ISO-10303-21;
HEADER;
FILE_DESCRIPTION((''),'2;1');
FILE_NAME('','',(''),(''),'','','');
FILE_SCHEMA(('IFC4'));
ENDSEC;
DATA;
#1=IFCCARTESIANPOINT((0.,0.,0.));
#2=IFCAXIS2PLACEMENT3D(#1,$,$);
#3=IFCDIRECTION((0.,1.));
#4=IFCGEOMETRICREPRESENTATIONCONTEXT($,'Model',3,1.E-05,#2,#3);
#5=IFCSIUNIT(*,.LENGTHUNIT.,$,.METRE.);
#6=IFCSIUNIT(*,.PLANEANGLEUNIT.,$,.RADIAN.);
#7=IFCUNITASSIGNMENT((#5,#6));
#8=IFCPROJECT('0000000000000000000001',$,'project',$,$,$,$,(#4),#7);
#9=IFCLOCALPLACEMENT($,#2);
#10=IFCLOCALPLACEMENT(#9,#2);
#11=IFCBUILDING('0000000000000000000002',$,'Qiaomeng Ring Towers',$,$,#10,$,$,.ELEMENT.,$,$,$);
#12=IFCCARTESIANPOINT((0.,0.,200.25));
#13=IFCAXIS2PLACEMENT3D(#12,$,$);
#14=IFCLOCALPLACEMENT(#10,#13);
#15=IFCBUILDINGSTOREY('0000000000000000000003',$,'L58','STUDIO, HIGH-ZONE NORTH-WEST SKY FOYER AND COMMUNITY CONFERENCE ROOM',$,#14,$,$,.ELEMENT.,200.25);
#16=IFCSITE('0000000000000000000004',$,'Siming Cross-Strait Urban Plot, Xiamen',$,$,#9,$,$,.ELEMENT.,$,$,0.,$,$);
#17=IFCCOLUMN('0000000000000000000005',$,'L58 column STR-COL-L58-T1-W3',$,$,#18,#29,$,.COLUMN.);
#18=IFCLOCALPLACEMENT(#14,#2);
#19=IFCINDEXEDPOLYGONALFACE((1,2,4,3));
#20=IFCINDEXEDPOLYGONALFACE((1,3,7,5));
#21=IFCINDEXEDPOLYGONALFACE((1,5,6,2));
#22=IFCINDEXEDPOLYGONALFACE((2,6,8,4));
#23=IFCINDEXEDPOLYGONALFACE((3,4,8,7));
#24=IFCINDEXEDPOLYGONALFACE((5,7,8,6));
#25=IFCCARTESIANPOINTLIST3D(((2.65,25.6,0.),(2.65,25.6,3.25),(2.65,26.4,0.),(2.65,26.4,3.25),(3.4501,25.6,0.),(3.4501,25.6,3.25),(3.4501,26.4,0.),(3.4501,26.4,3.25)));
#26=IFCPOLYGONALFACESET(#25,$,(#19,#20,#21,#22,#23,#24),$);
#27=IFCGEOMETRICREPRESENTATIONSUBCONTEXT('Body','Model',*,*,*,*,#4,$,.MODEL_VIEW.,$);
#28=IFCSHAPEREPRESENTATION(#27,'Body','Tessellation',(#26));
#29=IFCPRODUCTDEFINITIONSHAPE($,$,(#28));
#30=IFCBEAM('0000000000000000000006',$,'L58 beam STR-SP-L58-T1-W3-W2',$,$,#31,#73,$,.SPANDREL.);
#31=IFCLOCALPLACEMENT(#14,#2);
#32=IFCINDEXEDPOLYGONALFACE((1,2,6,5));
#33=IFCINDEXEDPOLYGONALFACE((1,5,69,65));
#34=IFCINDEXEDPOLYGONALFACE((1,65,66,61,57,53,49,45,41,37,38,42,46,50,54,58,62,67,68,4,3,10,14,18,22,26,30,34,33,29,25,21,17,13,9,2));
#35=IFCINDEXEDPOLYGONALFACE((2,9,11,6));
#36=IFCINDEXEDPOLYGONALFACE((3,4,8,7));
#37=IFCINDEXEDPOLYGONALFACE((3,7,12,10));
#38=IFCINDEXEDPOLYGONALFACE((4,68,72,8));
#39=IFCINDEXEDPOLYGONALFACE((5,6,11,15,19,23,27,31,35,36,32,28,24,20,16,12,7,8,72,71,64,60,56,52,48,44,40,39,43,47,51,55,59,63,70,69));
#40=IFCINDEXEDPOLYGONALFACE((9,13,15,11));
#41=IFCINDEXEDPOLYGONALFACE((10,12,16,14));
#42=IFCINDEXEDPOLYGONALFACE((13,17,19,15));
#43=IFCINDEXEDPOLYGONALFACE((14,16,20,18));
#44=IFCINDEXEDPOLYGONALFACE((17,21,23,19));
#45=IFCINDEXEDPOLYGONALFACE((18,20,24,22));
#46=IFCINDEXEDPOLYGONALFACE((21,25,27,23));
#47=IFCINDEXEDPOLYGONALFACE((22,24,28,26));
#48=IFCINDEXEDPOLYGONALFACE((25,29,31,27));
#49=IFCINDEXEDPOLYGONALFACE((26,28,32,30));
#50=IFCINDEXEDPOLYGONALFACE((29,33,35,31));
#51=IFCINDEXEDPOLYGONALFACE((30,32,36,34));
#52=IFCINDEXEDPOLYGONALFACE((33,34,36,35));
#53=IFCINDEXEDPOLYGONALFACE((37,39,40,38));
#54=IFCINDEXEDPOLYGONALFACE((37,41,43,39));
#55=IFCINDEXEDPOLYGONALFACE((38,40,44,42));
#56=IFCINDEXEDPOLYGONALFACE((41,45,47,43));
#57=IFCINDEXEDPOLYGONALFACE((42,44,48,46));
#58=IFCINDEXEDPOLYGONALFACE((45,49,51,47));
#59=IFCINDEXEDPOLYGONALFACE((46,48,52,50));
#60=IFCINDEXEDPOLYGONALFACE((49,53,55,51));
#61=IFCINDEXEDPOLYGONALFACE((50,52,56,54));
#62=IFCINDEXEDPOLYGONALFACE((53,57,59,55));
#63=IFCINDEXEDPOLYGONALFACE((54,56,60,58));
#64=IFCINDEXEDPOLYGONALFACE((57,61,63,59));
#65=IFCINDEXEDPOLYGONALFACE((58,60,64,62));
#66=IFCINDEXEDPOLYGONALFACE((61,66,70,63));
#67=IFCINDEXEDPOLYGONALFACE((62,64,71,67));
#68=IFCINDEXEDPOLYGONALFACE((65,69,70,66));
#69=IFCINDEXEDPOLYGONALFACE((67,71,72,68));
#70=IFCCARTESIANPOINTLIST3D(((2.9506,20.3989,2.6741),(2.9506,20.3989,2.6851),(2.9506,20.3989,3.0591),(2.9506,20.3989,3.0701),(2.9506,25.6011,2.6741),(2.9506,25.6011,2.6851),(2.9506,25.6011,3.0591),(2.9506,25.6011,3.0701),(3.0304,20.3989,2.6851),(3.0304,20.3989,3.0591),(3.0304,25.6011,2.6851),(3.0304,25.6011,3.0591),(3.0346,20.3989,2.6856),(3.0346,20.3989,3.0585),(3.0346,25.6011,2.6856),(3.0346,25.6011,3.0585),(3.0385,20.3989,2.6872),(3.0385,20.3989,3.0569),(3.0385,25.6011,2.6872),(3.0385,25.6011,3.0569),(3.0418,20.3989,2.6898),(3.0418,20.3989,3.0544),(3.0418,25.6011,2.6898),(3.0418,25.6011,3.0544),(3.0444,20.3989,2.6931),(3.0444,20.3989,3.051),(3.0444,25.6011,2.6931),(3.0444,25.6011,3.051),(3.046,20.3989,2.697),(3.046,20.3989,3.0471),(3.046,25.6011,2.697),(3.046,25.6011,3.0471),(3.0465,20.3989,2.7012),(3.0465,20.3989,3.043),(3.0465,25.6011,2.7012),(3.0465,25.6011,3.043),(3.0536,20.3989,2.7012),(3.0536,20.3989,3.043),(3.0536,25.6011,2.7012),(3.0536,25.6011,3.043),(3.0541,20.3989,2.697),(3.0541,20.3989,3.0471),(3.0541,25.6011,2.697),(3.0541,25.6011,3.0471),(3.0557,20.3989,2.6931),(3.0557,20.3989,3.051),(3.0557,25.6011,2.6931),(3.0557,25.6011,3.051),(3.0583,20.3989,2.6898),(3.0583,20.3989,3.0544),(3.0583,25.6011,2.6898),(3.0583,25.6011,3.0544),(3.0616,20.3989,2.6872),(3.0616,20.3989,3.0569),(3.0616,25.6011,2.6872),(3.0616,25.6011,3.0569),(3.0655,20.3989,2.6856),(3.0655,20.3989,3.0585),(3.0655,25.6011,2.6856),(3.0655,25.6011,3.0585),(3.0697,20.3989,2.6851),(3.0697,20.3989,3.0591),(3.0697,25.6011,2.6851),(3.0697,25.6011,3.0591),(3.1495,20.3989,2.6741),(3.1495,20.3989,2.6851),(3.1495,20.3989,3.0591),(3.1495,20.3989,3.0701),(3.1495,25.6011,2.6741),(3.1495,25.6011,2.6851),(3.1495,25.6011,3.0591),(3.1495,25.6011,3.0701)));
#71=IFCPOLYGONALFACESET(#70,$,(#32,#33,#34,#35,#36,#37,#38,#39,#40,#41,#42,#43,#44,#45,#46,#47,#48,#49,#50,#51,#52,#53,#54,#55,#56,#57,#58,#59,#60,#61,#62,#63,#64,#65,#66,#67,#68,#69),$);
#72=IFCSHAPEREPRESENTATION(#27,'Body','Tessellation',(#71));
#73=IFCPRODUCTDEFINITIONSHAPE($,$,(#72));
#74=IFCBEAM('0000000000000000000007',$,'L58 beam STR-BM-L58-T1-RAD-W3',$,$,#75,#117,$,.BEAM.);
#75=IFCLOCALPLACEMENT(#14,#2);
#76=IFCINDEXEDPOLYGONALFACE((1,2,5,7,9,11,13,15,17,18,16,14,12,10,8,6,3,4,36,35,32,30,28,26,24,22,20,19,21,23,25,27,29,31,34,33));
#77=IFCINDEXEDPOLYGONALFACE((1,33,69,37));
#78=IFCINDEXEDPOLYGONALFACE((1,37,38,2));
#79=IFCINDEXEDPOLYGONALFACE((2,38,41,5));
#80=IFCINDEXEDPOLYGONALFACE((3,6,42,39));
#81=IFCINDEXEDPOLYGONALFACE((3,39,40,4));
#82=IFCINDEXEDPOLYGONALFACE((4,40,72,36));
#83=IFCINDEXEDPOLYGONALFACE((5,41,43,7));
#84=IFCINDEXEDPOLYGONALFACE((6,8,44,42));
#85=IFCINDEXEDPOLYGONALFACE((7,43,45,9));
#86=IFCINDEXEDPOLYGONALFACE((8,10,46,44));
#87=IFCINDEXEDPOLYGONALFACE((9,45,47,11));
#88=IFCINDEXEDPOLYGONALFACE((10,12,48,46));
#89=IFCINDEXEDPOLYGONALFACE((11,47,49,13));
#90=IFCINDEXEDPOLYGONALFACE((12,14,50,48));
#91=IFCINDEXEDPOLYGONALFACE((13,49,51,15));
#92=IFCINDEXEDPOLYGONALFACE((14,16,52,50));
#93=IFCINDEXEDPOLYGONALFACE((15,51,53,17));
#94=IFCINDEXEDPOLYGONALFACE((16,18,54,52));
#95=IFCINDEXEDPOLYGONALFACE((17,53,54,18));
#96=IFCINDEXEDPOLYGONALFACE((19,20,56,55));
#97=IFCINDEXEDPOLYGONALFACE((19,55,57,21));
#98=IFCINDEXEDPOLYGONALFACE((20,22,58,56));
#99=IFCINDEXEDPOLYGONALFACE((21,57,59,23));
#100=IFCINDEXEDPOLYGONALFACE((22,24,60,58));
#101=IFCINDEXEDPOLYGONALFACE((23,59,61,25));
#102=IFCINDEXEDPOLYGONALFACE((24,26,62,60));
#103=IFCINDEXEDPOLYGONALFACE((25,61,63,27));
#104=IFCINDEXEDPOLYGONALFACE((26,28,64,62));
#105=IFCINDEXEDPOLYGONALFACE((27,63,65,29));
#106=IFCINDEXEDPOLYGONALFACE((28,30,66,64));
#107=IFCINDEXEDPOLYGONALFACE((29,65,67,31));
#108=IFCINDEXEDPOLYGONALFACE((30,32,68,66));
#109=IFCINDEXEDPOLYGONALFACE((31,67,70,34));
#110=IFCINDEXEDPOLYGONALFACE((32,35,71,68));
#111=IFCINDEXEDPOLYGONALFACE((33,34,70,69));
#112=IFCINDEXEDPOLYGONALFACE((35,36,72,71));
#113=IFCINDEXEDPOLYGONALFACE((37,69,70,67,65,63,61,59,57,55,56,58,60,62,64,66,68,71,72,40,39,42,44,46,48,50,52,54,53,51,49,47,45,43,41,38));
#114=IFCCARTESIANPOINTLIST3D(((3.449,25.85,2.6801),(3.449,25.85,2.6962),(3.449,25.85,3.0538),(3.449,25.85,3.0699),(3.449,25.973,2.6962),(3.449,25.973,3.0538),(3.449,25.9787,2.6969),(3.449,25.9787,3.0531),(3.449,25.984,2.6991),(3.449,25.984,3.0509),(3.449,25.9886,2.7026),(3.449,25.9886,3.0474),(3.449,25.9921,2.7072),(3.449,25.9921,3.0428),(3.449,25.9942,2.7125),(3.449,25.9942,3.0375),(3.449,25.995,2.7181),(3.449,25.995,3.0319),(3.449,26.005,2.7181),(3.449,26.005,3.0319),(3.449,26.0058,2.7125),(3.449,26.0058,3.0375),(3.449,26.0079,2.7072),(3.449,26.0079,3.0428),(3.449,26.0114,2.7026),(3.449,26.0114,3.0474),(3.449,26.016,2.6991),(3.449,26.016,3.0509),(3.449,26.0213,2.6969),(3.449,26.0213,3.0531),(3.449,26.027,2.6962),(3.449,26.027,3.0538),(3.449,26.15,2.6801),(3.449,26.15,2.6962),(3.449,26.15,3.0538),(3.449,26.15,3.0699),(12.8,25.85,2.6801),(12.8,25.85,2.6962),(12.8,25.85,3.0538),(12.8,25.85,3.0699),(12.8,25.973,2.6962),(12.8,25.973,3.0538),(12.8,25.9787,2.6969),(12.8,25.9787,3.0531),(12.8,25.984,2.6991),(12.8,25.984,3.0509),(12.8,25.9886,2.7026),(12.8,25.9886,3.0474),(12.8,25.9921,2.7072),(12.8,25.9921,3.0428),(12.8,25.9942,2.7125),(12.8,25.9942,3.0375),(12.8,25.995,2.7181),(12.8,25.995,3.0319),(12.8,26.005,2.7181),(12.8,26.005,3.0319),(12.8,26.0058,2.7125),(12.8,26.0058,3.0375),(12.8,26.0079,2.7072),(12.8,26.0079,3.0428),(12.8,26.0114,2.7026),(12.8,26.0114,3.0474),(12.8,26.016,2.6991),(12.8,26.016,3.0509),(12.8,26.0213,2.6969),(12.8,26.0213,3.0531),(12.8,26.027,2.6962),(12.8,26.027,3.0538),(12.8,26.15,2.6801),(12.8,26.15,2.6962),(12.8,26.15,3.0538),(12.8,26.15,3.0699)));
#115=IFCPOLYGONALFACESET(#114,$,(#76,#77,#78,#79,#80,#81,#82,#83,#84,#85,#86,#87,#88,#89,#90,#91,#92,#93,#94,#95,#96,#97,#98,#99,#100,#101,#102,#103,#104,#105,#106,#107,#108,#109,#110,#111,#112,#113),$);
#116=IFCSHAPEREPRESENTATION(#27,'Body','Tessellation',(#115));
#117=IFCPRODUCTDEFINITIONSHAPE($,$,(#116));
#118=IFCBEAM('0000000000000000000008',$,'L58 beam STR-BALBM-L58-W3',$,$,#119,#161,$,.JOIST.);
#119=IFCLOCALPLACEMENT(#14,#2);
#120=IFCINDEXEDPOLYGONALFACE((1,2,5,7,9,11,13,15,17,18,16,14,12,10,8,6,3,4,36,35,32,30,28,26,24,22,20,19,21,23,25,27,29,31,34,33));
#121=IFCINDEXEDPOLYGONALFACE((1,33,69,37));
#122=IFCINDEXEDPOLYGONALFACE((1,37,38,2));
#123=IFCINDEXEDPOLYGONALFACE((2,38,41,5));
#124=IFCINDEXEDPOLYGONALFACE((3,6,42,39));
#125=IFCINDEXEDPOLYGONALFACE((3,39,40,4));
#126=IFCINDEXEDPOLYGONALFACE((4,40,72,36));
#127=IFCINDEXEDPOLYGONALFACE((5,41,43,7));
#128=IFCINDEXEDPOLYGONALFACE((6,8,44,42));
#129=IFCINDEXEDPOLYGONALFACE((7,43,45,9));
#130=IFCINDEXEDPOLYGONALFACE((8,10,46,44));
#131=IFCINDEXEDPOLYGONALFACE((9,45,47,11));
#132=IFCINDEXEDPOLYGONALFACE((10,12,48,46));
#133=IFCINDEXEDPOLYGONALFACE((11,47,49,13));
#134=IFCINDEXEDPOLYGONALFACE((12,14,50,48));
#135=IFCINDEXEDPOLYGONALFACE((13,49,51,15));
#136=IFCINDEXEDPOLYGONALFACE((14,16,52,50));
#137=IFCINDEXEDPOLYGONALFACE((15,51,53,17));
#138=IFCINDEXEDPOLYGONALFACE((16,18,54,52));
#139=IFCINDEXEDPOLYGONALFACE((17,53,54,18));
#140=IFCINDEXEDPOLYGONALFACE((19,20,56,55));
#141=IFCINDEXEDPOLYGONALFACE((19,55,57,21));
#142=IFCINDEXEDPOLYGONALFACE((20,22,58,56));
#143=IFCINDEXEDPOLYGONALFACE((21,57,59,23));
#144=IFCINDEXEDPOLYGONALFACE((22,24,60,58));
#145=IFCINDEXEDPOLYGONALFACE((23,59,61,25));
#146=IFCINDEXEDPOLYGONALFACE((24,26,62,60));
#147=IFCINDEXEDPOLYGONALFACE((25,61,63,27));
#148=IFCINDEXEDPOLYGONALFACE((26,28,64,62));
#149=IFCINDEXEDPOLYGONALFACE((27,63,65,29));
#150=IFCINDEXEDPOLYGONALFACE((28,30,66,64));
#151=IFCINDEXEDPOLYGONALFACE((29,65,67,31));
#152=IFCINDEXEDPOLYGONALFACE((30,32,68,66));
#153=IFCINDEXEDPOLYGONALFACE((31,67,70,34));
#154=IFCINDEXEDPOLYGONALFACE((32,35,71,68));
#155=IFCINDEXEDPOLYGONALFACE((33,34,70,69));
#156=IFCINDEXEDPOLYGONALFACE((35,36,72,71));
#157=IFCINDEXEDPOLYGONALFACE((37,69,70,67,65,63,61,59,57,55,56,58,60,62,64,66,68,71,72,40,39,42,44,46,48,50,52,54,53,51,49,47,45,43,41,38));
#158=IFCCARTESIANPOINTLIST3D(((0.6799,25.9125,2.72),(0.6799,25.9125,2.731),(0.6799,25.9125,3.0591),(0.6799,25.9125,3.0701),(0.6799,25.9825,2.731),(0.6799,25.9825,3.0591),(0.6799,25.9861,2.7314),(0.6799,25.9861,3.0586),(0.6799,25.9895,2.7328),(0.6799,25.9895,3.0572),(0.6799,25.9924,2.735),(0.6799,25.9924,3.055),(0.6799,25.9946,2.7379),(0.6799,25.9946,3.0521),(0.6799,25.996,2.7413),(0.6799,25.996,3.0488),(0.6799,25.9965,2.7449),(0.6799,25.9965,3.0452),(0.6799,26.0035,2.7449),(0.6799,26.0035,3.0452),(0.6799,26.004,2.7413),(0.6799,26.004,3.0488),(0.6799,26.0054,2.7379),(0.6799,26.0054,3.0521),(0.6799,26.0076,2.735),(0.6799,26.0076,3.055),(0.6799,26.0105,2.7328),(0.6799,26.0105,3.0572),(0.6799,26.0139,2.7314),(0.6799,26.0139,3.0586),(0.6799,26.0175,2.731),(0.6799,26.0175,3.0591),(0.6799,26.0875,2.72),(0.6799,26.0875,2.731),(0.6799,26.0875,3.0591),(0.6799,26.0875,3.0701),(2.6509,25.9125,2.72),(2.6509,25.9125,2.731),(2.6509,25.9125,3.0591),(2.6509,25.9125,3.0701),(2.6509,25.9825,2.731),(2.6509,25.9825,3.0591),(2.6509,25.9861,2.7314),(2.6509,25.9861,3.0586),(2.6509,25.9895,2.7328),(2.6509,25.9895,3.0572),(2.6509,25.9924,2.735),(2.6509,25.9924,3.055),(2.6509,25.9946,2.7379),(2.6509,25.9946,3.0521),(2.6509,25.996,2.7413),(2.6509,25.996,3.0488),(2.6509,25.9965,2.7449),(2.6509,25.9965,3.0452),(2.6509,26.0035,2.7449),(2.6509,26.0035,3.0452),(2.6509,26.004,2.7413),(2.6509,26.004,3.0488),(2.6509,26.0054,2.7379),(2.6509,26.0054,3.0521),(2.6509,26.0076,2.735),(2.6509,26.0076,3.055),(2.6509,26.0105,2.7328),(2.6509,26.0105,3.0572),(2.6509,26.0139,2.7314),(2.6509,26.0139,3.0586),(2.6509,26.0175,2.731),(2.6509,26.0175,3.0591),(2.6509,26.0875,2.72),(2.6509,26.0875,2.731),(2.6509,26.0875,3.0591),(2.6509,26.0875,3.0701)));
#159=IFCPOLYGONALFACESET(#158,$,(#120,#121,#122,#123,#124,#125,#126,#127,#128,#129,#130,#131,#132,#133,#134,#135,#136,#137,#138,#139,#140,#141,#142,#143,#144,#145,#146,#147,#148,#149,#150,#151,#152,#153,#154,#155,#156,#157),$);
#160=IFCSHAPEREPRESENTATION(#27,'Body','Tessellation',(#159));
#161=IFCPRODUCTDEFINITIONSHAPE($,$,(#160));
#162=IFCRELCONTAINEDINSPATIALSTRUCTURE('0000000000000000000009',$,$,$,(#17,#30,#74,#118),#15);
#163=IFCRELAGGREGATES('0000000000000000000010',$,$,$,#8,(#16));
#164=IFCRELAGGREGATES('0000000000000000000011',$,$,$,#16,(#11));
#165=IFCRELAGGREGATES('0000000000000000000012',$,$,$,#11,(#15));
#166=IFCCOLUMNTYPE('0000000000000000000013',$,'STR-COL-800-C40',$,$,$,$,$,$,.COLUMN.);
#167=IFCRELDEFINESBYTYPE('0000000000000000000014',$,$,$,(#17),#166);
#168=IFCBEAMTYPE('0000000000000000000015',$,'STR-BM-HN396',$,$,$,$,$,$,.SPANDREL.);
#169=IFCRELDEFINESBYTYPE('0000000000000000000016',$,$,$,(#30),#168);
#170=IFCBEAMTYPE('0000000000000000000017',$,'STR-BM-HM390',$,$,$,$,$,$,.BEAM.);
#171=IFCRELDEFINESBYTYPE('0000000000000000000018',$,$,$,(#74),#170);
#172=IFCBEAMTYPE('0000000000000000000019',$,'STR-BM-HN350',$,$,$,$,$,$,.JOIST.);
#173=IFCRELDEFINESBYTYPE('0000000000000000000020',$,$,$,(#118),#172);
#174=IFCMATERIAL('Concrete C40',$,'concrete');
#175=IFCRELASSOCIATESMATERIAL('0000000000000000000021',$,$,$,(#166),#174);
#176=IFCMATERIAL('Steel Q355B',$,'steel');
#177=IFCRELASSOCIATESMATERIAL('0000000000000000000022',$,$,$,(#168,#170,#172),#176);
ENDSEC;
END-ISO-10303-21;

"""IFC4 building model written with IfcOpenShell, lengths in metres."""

from ifc_helpers import new_model, si_unit, direction, frame, origin, origin_2d, place, context, subcontext, project, spatial, rectangle, i_section, extrude, source, transform, mapped, material, material_profile, profile_set, type_object, element, save


model = new_model("IFC4")

# Units and contexts
model_context = context("Model", 3, precision=1e-05, world=origin(), true_north=direction((0.0, 1.0)))
body_context = subcontext(model_context, "Body", "Model", "MODEL_VIEW")
ifc_project = project(units=[si_unit("LENGTHUNIT", "METRE"), si_unit("PLANEANGLEUNIT", "RADIAN")], contexts=[model_context])

# Site, building, storey
site_placement = place(None, origin())
site = spatial("IfcSite", under=ifc_project, at=site_placement, Name="Siming Cross-Strait Urban Plot, Xiamen", CompositionType="ELEMENT", RefElevation=0.0)
building_placement = place(site_placement, origin())
building = spatial("IfcBuilding", under=site, at=building_placement, Name="Qiaomeng Ring Towers", CompositionType="ELEMENT")
storey_placement = place(building_placement, frame((0.0, 0.0, 200.25)))
storey = spatial("IfcBuildingStorey", under=building, at=storey_placement, Name="L58", Description="STUDIO, HIGH-ZONE NORTH-WEST SKY FOYER AND COMMUNITY CONFERENCE ROOM", CompositionType="ELEMENT", Elevation=200.25)

# Column
ifc_material_1 = material(Name="Concrete C40", Category="concrete")
ifc_material_profile_1 = material_profile(ifc_material_1, rectangle(XDim=0.8, YDim=0.8, at=origin_2d()), Name="RC COL 800x800")
ifc_profile_set_1 = profile_set([ifc_material_profile_1], Name="Concrete C40")
column_type = type_object("IfcColumnType", Name="STR-COL-800-C40", PredefinedType="COLUMN", material=ifc_profile_set_1)
shared_shape_1 = source(origin(), body_context, "Body", "SweptSolid", [
    extrude(rectangle(XDim=0.8, YDim=0.8, at=origin_2d()), origin(), (0.0, 0.0, 1.0), 3.25),
])
column_placement = place(storey_placement, frame((3.05, 26.0, 0.0), z_axis=(0.0, 0.0, 1.0), x_axis=(1.0, 0.0, 0.0)))
element("IfcColumn", 1, at=column_placement, inside=storey, type_object=column_type, Name="L58 column STR-COL-L58-T1-W3", PredefinedType="COLUMN", context=body_context, shape_type="MappedRepresentation", body=[
    mapped(shared_shape_1, transform((0.0, 0.0, 0.0), x_axis=(1.0, 0.0, 0.0), y_axis=(0.0, 1.0, 0.0), z_axis=(0.0, 0.0, 1.0), scale=1.0)),
])

# Beams
ifc_material_2 = material(Name="Steel Q355B", Category="steel")
ifc_material_profile_2 = material_profile(ifc_material_2, i_section(OverallWidth=0.199, OverallDepth=0.396, WebThickness=0.0071, FlangeThickness=0.011, FilletRadius=0.0161, at=origin_2d()), Name="HN 396x199x7x11")
ifc_profile_set_2 = profile_set([ifc_material_profile_2], Name="Steel Q355B")
beam_type_1 = type_object("IfcBeamType", Name="STR-BM-HN396", PredefinedType="SPANDREL", material=ifc_profile_set_2)
shared_shape_2 = source(origin(), body_context, "Body", "SweptSolid", [
    extrude(i_section(OverallWidth=0.199, OverallDepth=0.396, WebThickness=0.0071, FlangeThickness=0.011, FilletRadius=0.0161, at=origin_2d()), origin(), (0.0, 0.0, 1.0), 5.2021),
])
beam_1_placement = place(storey_placement, frame((3.05, 25.6011, 2.8721), z_axis=(0.0, -1.0, 0.0), x_axis=(1.0, 0.0, 0.0)))
element("IfcBeam", 2, at=beam_1_placement, inside=storey, type_object=beam_type_1, Name="L58 beam STR-SP-L58-T1-W3-W2", PredefinedType="SPANDREL", context=body_context, shape_type="MappedRepresentation", body=[
    mapped(shared_shape_2, transform((0.0, 0.0, 0.0), x_axis=(1.0, 0.0, 0.0), y_axis=(0.0, 1.0, 0.0), z_axis=(0.0, 0.0, 1.0), scale=1.0)),
])
ifc_material_profile_3 = material_profile(ifc_material_2, i_section(OverallWidth=0.3, OverallDepth=0.3899, WebThickness=0.01, FlangeThickness=0.0161, FilletRadius=0.022, at=origin_2d()), Name="HM 390x300x10x16")
ifc_profile_set_3 = profile_set([ifc_material_profile_3], Name="Steel Q355B")
beam_type_2 = type_object("IfcBeamType", Name="STR-BM-HM390", PredefinedType="BEAM", material=ifc_profile_set_3)
shared_shape_3 = source(origin(), body_context, "Body", "SweptSolid", [
    extrude(i_section(OverallWidth=0.3, OverallDepth=0.3899, WebThickness=0.01, FlangeThickness=0.0161, FilletRadius=0.022, at=origin_2d()), origin(), (0.0, 0.0, 1.0), 9.3511),
])
beam_2_placement = place(storey_placement, frame((3.449, 26.0, 2.875), z_axis=(1.0, 0.0, 0.0), x_axis=(0.0, 1.0, 0.0)))
element("IfcBeam", 3, at=beam_2_placement, inside=storey, type_object=beam_type_2, Name="L58 beam STR-BM-L58-T1-RAD-W3", PredefinedType="BEAM", context=body_context, shape_type="MappedRepresentation", body=[
    mapped(shared_shape_3, transform((0.0, 0.0, 0.0), x_axis=(1.0, 0.0, 0.0), y_axis=(0.0, 1.0, 0.0), z_axis=(0.0, 0.0, 1.0), scale=1.0)),
])
ifc_material_profile_4 = material_profile(ifc_material_2, i_section(OverallWidth=0.175, OverallDepth=0.3501, WebThickness=0.0071, FlangeThickness=0.011, FilletRadius=0.0139, at=origin_2d()), Name="HN 350x175x7x11")
ifc_profile_set_4 = profile_set([ifc_material_profile_4], Name="Steel Q355B")
beam_type_3 = type_object("IfcBeamType", Name="STR-BM-HN350", PredefinedType="JOIST", material=ifc_profile_set_4)
shared_shape_4 = source(origin(), body_context, "Body", "SweptSolid", [
    extrude(i_section(OverallWidth=0.175, OverallDepth=0.3501, WebThickness=0.0071, FlangeThickness=0.011, FilletRadius=0.0139, at=origin_2d()), origin(), (0.0, 0.0, 1.0), 1.9709),
])
beam_3_placement = place(storey_placement, frame((0.6799, 26.0, 2.895), z_axis=(1.0, 0.0, 0.0), x_axis=(0.0, 1.0, 0.0)))
element("IfcBeam", 4, at=beam_3_placement, inside=storey, type_object=beam_type_3, Name="L58 beam STR-BALBM-L58-W3", PredefinedType="JOIST", context=body_context, shape_type="MappedRepresentation", body=[
    mapped(shared_shape_4, transform((0.0, 0.0, 0.0), x_axis=(1.0, 0.0, 0.0), y_axis=(0.0, 1.0, 0.0), z_axis=(0.0, 0.0, 1.0), scale=1.0)),
])

save(model, "model.ifc")
